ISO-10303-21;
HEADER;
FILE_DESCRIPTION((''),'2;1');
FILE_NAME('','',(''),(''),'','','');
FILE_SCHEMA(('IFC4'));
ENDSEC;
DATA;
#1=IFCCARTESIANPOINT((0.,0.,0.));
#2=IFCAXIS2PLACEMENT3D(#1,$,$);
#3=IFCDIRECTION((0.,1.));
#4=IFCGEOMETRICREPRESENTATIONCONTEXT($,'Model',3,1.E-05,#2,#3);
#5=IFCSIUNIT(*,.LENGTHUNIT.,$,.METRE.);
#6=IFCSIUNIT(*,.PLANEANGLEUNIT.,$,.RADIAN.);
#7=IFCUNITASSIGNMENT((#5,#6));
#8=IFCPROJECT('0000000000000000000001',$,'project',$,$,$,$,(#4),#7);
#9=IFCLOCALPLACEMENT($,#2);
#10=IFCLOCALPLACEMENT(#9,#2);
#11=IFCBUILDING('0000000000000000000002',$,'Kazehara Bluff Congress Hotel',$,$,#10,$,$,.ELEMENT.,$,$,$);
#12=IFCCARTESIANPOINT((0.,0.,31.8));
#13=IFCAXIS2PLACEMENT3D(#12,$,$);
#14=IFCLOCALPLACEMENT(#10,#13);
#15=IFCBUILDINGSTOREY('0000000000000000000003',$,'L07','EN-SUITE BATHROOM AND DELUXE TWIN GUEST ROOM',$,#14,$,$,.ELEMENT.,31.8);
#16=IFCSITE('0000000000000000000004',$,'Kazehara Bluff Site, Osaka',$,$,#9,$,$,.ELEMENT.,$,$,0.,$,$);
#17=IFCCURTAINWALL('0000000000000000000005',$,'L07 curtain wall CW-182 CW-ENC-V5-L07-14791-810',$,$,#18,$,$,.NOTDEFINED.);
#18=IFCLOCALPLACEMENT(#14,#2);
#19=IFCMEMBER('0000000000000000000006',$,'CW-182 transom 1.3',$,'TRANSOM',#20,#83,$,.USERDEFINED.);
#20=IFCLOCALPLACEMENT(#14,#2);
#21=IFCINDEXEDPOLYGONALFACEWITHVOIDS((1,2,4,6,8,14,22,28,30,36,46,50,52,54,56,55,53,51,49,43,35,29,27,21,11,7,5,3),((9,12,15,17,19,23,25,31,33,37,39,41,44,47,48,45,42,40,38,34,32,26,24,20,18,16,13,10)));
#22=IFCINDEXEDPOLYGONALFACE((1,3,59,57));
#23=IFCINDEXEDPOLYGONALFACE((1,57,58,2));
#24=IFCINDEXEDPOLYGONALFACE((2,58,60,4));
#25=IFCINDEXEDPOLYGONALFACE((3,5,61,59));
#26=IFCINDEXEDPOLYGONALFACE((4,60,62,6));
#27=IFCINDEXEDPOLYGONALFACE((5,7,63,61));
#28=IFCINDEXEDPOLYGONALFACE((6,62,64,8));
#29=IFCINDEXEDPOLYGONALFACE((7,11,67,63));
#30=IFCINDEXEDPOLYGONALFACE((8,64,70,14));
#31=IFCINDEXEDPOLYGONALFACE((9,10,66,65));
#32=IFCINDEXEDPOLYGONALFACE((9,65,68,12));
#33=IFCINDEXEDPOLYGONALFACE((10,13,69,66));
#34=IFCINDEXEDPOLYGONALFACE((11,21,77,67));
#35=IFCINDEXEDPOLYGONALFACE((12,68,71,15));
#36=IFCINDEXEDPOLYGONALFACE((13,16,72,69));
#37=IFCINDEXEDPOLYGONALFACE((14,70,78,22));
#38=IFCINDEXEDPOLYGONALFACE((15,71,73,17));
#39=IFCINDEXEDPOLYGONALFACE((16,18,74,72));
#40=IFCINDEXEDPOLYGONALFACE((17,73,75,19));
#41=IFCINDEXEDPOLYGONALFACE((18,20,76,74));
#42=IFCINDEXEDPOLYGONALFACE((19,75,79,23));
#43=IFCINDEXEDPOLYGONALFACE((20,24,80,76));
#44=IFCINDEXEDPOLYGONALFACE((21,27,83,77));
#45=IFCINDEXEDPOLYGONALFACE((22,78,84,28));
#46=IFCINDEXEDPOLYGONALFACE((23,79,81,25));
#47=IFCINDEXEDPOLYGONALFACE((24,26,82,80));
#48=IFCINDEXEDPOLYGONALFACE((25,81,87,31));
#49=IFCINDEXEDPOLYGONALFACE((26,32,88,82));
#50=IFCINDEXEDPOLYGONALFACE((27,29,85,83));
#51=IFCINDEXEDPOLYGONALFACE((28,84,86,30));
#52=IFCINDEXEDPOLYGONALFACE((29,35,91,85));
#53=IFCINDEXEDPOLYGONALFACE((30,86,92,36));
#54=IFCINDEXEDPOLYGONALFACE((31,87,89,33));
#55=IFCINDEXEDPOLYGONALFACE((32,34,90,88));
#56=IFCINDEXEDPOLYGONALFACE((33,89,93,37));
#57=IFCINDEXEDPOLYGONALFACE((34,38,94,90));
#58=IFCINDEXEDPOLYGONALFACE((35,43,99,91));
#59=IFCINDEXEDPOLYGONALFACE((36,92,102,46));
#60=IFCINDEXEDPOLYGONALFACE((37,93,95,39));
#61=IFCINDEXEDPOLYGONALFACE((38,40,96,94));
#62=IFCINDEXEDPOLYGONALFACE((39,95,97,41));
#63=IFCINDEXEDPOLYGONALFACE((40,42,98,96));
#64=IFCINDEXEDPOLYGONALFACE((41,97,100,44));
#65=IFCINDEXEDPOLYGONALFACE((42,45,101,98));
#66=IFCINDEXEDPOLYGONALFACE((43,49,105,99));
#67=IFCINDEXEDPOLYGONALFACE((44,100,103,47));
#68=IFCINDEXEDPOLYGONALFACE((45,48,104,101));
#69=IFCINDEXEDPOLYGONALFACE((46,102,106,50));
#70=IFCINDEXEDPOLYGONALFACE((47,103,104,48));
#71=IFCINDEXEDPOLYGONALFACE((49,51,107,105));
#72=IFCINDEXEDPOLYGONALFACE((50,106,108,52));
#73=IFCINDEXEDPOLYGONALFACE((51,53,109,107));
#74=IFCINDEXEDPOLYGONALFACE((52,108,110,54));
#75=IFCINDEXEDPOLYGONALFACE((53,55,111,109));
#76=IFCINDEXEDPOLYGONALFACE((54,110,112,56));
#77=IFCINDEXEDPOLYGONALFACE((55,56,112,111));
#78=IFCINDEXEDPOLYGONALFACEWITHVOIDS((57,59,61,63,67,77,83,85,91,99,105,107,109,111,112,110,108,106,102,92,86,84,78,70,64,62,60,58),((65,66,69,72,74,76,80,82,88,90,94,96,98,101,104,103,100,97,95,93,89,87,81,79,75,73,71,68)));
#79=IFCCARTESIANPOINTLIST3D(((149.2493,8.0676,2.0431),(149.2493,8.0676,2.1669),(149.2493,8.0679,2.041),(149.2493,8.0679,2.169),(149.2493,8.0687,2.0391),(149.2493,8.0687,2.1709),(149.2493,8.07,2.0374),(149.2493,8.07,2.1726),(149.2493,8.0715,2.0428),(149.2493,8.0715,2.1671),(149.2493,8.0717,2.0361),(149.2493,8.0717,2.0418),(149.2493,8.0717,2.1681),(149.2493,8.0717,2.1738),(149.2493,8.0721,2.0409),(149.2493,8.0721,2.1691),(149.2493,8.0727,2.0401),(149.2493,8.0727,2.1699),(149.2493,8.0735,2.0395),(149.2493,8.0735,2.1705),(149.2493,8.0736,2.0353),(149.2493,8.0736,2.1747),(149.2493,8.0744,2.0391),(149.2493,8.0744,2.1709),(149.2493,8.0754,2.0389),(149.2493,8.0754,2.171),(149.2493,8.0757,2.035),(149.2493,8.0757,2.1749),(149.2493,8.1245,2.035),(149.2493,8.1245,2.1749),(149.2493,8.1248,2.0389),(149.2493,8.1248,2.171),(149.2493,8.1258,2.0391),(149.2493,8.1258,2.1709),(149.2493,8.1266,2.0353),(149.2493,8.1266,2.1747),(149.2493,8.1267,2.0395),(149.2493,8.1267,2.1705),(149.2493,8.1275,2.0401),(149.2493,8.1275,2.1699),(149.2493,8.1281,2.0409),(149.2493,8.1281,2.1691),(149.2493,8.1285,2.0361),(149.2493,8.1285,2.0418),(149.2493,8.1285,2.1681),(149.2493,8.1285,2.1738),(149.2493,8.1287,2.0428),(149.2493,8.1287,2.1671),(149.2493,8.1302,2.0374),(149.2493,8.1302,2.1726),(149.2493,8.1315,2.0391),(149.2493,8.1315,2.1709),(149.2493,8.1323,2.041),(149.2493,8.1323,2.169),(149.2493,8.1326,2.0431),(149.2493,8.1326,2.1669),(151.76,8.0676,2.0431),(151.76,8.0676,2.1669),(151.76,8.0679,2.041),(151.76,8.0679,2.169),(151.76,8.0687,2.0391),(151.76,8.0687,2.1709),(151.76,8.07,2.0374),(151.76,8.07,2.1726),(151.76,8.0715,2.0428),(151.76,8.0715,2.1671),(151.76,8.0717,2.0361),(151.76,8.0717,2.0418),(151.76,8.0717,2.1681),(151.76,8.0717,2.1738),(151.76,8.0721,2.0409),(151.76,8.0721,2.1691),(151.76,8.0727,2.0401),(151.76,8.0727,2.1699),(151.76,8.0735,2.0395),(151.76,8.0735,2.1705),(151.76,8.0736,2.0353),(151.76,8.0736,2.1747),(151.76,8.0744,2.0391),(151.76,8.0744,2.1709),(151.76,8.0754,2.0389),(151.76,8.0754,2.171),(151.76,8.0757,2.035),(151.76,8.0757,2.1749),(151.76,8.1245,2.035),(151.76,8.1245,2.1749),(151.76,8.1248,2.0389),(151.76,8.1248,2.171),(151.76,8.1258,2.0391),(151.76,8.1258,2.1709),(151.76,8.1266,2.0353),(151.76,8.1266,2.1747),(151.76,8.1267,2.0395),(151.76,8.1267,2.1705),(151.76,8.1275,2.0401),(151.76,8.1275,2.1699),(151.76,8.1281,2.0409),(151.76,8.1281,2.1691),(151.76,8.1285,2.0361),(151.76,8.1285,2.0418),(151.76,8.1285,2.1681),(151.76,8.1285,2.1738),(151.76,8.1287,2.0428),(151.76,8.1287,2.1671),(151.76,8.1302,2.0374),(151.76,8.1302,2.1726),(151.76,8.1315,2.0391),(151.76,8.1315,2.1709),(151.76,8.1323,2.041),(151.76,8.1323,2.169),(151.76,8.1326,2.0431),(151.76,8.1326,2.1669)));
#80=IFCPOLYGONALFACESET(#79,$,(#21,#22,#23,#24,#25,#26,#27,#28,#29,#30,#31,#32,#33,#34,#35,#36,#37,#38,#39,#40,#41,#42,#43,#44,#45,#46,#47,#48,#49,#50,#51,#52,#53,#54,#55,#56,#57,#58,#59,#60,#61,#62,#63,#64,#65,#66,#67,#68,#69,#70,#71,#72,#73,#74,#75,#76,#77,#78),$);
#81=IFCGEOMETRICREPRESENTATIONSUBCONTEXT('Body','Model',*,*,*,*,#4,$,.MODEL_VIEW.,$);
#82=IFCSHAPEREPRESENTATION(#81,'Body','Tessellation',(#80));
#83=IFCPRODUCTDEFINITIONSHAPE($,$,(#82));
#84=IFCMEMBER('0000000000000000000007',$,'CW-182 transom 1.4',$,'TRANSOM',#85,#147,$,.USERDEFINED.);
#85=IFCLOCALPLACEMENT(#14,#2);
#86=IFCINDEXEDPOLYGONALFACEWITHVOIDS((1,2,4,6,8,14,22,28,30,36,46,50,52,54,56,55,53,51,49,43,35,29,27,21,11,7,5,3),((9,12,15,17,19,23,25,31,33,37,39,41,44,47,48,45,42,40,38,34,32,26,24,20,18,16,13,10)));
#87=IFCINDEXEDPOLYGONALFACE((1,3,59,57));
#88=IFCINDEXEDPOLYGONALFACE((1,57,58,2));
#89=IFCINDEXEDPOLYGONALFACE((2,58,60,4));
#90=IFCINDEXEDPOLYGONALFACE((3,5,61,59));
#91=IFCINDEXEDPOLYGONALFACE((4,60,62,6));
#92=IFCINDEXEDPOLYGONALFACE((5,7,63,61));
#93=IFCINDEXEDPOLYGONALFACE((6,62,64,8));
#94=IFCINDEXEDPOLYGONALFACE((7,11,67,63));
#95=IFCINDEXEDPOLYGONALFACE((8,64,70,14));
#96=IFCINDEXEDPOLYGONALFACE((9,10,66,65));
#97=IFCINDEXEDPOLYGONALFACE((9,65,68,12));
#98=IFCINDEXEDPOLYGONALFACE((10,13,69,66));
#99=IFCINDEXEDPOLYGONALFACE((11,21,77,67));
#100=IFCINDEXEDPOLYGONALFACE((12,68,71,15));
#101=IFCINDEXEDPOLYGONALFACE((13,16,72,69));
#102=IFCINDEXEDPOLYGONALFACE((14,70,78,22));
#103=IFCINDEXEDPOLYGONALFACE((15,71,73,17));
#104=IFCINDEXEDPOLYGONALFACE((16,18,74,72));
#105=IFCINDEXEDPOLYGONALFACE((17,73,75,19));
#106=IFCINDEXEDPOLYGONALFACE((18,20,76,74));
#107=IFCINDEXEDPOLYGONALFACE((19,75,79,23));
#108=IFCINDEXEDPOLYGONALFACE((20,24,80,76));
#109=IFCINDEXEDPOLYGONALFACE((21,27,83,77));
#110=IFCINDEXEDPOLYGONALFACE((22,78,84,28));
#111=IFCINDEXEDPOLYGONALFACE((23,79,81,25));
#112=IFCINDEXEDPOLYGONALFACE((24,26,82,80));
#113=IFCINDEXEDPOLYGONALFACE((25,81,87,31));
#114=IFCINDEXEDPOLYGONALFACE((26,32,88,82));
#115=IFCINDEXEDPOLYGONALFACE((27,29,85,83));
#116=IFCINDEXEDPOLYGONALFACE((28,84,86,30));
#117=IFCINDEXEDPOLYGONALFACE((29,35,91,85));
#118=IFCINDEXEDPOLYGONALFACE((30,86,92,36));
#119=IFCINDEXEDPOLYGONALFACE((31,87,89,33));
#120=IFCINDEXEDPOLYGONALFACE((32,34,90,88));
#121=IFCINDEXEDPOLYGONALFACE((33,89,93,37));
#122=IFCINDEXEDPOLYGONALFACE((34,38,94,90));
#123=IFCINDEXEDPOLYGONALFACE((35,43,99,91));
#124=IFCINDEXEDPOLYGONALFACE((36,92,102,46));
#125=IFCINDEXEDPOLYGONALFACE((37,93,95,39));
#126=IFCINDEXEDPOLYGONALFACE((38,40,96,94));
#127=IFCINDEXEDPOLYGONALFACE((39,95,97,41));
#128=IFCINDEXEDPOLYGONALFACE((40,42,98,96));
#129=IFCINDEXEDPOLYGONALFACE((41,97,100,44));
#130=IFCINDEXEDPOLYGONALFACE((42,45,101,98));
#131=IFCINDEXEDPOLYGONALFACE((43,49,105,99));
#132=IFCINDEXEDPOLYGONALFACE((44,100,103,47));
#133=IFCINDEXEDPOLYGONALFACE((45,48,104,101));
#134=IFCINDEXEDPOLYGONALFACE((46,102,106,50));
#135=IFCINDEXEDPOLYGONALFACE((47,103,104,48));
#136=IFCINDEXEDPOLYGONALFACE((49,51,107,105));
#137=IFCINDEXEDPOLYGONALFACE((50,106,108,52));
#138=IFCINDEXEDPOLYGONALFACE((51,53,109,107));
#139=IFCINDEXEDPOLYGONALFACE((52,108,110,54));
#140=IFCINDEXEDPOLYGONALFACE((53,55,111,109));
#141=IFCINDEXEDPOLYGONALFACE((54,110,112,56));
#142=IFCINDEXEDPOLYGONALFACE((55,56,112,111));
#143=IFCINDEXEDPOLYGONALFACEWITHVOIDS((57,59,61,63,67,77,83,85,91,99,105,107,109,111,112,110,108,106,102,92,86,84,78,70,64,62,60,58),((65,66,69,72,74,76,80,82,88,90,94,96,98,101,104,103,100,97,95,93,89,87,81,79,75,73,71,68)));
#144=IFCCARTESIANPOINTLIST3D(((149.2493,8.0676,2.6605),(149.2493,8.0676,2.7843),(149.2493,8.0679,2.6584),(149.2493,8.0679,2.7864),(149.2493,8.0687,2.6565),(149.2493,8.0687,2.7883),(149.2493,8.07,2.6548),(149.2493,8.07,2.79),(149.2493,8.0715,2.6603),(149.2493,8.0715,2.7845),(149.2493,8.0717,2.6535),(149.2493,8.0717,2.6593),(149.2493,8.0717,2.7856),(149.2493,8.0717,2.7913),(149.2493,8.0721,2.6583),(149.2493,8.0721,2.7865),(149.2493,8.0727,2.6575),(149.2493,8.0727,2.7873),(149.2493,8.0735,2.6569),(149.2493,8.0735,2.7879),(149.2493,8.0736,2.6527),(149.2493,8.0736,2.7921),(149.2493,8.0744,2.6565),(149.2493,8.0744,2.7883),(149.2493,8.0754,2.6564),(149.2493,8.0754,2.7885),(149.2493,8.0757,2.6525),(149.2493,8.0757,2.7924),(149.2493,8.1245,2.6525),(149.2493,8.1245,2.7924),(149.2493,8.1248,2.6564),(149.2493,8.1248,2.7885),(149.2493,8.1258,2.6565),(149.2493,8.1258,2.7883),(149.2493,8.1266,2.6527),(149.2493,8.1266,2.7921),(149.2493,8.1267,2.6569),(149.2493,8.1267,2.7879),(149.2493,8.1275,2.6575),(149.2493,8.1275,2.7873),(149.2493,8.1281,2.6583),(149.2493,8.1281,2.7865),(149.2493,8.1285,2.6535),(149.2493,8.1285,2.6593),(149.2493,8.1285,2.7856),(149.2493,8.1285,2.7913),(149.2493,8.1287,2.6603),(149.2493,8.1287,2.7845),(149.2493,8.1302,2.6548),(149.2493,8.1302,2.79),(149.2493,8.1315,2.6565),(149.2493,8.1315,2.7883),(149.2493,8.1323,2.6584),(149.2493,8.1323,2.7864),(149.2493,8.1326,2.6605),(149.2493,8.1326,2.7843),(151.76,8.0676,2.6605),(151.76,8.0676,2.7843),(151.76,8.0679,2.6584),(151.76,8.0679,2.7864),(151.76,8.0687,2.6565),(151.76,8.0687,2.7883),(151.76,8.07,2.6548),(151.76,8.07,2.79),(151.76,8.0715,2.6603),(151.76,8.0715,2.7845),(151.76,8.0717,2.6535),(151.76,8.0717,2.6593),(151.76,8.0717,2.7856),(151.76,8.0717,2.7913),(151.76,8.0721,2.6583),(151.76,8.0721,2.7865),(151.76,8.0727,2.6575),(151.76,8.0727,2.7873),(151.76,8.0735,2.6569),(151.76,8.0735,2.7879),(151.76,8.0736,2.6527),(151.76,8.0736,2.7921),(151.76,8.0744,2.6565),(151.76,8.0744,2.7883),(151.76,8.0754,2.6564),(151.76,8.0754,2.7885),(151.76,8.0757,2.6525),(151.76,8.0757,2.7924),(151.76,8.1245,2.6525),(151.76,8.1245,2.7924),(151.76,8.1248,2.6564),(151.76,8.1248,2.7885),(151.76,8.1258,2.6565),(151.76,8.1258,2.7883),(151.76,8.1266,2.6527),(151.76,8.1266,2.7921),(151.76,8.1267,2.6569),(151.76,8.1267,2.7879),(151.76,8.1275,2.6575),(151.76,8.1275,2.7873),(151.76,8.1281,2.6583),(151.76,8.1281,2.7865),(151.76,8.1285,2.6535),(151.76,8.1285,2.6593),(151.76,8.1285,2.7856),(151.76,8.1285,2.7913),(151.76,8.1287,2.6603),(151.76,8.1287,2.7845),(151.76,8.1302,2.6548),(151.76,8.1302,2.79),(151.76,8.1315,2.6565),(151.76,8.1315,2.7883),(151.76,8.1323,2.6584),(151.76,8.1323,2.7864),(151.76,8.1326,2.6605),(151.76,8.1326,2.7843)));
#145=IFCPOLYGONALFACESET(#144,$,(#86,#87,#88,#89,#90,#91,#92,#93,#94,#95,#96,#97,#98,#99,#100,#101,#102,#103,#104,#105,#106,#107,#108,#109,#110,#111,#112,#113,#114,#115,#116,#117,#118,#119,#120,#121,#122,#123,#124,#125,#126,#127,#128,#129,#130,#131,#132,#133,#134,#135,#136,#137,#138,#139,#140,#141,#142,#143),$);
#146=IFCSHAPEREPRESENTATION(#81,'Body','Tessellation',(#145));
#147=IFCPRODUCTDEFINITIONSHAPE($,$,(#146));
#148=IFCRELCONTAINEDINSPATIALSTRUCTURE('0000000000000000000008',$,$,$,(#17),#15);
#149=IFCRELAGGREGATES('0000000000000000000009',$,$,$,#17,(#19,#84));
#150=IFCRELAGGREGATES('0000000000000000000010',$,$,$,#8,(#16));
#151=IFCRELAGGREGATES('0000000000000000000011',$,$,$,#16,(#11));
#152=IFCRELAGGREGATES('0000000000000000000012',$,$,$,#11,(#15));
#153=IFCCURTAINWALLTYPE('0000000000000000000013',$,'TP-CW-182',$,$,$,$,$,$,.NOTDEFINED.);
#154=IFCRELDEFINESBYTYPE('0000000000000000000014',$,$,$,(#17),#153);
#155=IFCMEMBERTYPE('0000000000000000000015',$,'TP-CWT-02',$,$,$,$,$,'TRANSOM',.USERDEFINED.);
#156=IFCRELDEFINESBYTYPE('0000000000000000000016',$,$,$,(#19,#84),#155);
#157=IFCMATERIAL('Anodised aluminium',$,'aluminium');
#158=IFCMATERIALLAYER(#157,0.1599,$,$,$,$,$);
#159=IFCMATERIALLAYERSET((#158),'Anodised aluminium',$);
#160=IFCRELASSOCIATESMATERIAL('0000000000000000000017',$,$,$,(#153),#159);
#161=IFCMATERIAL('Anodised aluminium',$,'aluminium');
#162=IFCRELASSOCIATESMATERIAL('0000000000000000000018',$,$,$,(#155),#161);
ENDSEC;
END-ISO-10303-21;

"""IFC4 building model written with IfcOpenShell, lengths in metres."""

from ifc_helpers import new_model, si_unit, direction, frame, origin, origin_2d, place, context, subcontext, project, spatial, hollow_rectangle, extrude, material, layer, layer_set, material_profile, profile_set, type_object, element, aggregate, save


model = new_model("IFC4")

# Units and contexts
model_context = context("Model", 3, precision=1e-05, world=origin(), true_north=direction((0.0, 1.0)))
body_context = subcontext(model_context, "Body", "Model", "MODEL_VIEW")
ifc_project = project(units=[si_unit("LENGTHUNIT", "METRE"), si_unit("PLANEANGLEUNIT", "RADIAN")], contexts=[model_context])

# Site, building, storey
site_placement = place(None, origin())
site = spatial("IfcSite", under=ifc_project, at=site_placement, Name="Kazehara Bluff Site, Osaka", CompositionType="ELEMENT", RefElevation=0.0)
building_placement = place(site_placement, origin())
building = spatial("IfcBuilding", under=site, at=building_placement, Name="Kazehara Bluff Congress Hotel", CompositionType="ELEMENT")
storey_placement = place(building_placement, frame((0.0, 0.0, 31.8)))
storey = spatial("IfcBuildingStorey", under=building, at=storey_placement, Name="L07", Description="EN-SUITE BATHROOM AND DELUXE TWIN GUEST ROOM", CompositionType="ELEMENT", Elevation=31.8)

# Curtain wall, members
ifc_material_1 = material(Name="Anodised aluminium", Category="aluminium")
ifc_layer_1 = layer(ifc_material_1, 0.1599)
ifc_layer_set_1 = layer_set([ifc_layer_1], Name="Anodised aluminium")
curtain_wall_type = type_object("IfcCurtainWallType", Name="TP-CW-182", PredefinedType="NOTDEFINED", material=ifc_layer_set_1)
curtain_wall_placement = place(storey_placement, origin())
curtain_wall = element("IfcCurtainWall", 1, at=curtain_wall_placement, inside=storey, type_object=curtain_wall_type, Name="L07 curtain wall CW-182 CW-ENC-V5-L07-14791-810", PredefinedType="NOTDEFINED")
ifc_material_2 = material(Name="Anodised aluminium", Category="aluminium")
ifc_material_profile_1 = material_profile(ifc_material_2, hollow_rectangle(XDim=0.0649, YDim=0.1399, WallThickness=0.0039, InnerFilletRadius=0.0039, OuterFilletRadius=0.0081, at=origin_2d()))
ifc_profile_set_1 = profile_set([ifc_material_profile_1], Name="Anodised aluminium")
member_type_1 = type_object("IfcMemberType", Name="TP-CWT-02", ElementType="TRANSOM", PredefinedType="USERDEFINED", material=ifc_profile_set_1)
member_1_placement = place(storey_placement, frame((151.76, 8.1001, 2.105), z_axis=(-1.0, 0.0, 0.0), x_axis=(0.0, -1.0, 0.0)))
member_1 = element("IfcMember", 2, at=member_1_placement, type_object=member_type_1, Name="CW-182 transom 1.3", ObjectType="TRANSOM", PredefinedType="USERDEFINED", context=body_context, shape_type="SweptSolid", body=[
    extrude(hollow_rectangle(XDim=0.0649, YDim=0.1399, WallThickness=0.0039, InnerFilletRadius=0.0039, OuterFilletRadius=0.0081, at=origin_2d()), origin(), (0.0, 0.0, 1.0), 2.5107),
])
member_2_placement = place(storey_placement, frame((151.76, 8.1001, 2.7224), z_axis=(-1.0, 0.0, 0.0), x_axis=(0.0, -1.0, 0.0)))
member_2 = element("IfcMember", 3, at=member_2_placement, type_object=member_type_1, Name="CW-182 transom 1.4", ObjectType="TRANSOM", PredefinedType="USERDEFINED", context=body_context, shape_type="SweptSolid", body=[
    extrude(hollow_rectangle(XDim=0.0649, YDim=0.1399, WallThickness=0.0039, InnerFilletRadius=0.0039, OuterFilletRadius=0.0081, at=origin_2d()), origin(), (0.0, 0.0, 1.0), 2.5107),
])

aggregate(curtain_wall, [member_1, member_2])

save(model, "model.ifc")
